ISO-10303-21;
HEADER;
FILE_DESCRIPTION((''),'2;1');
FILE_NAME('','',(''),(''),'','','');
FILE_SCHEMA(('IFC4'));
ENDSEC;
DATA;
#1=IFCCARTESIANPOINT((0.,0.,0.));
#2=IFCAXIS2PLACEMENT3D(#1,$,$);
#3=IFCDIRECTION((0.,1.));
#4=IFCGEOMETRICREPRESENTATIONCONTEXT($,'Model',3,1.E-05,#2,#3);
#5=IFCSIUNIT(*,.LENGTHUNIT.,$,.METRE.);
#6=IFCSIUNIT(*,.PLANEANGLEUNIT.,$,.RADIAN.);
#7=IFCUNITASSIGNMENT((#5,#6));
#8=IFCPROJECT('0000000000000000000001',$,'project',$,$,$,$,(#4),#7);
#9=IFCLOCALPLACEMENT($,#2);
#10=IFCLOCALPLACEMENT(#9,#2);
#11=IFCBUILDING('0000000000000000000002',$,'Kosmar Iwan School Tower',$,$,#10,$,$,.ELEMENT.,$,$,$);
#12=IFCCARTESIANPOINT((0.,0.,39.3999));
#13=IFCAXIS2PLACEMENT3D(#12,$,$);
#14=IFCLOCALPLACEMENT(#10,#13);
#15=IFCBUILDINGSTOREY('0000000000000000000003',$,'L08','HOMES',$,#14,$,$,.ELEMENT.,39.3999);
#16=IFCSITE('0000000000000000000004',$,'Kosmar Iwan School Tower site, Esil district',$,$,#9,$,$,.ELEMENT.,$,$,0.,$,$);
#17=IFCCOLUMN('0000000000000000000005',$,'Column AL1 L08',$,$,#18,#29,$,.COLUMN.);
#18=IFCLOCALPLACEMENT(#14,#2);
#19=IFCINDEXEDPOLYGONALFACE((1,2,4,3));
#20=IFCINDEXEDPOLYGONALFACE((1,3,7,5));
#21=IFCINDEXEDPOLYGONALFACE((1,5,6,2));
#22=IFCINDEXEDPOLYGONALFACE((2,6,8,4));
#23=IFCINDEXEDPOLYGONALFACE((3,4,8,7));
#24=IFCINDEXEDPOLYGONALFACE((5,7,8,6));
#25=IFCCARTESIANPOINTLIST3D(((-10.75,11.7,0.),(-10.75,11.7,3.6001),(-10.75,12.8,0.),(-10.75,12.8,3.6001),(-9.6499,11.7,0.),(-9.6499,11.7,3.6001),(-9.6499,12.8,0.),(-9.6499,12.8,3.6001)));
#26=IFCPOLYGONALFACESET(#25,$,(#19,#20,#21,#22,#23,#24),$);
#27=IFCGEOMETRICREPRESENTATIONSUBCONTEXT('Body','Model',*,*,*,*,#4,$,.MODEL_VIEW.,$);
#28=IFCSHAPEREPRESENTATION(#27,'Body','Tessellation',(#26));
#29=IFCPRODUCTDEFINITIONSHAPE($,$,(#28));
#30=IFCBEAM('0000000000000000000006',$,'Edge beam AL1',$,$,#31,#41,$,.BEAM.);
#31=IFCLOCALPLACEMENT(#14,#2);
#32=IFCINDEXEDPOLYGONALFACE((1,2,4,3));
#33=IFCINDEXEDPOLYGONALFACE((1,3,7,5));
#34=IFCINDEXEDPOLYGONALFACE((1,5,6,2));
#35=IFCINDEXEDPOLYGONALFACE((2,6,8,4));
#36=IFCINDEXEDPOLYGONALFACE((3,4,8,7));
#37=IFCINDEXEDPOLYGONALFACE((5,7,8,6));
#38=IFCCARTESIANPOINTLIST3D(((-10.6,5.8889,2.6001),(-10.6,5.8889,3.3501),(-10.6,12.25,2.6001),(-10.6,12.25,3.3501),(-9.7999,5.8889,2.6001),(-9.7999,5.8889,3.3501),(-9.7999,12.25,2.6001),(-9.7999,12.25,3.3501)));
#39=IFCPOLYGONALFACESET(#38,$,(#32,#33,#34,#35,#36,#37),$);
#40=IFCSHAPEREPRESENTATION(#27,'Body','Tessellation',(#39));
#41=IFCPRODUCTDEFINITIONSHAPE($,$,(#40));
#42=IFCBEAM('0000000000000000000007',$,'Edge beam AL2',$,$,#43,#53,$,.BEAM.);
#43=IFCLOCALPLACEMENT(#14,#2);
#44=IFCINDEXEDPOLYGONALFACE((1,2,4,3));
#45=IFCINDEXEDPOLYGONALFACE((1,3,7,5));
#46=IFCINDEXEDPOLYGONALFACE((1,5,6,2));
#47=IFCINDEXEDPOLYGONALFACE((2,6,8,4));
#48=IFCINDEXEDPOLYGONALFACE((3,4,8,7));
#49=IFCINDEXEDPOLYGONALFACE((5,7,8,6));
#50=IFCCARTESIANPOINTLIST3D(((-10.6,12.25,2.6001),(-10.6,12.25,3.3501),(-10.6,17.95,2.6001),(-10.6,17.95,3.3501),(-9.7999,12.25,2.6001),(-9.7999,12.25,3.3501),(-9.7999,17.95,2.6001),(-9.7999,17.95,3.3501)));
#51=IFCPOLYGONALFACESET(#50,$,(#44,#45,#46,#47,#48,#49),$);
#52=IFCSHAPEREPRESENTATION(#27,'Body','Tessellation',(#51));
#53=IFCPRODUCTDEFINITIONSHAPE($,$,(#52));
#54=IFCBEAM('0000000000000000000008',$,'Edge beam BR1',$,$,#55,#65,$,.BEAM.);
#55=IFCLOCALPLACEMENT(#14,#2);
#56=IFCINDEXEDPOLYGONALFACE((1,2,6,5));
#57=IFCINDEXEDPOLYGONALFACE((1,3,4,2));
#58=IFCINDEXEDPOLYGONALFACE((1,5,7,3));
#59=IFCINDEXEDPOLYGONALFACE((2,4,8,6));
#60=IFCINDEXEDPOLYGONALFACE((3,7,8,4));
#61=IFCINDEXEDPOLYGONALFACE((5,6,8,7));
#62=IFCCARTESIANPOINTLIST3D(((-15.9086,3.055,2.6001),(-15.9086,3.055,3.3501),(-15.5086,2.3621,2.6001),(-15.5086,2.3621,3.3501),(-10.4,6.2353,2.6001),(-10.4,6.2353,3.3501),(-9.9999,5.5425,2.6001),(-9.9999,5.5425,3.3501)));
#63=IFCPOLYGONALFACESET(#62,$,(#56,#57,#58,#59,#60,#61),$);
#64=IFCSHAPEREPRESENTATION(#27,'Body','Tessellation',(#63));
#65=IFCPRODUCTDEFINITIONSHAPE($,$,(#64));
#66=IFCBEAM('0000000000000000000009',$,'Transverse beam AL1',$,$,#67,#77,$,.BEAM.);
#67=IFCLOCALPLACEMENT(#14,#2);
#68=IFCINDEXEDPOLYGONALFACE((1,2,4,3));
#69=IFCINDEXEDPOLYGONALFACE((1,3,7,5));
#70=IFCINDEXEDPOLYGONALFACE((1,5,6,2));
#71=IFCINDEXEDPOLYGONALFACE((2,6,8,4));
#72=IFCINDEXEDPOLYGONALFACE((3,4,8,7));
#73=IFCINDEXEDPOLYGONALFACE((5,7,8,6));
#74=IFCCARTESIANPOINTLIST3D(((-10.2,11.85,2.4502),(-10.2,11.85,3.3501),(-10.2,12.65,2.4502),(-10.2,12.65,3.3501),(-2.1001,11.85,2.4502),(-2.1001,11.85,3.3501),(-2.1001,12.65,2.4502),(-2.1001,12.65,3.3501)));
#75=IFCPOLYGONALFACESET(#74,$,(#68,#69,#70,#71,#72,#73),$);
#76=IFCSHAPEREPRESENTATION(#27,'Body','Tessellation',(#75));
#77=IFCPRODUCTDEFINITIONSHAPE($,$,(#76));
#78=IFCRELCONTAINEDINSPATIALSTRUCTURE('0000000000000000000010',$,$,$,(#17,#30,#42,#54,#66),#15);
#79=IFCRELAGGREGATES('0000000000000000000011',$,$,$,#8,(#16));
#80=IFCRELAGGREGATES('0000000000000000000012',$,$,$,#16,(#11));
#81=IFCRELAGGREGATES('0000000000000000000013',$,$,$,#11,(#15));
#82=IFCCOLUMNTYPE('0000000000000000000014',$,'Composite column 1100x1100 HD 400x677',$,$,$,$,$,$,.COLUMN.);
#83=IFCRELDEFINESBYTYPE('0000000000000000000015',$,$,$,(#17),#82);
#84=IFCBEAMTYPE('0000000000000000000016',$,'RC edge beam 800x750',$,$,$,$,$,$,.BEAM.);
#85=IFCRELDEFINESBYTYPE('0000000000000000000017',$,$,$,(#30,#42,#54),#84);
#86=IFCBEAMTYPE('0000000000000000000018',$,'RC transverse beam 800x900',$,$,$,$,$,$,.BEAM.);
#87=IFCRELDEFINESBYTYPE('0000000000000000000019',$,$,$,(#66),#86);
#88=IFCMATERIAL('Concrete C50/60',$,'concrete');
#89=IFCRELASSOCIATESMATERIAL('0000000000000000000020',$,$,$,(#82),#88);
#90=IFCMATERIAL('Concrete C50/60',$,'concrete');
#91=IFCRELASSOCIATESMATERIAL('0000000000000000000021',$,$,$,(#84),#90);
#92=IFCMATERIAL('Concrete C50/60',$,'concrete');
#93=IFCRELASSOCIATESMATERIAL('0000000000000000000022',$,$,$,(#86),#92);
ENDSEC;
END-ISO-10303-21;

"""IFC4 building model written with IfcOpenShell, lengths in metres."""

from ifc_helpers import new_model, si_unit, direction, frame, origin, origin_2d, place, context, subcontext, project, spatial, rectangle, extrude, material, material_profile, profile_set, type_object, element, save


model = new_model("IFC4")

# Units and contexts
model_context = context("Model", 3, precision=1e-05, world=origin(), true_north=direction((0.0, 1.0)))
body_context = subcontext(model_context, "Body", "Model", "MODEL_VIEW")
ifc_project = project(units=[si_unit("LENGTHUNIT", "METRE"), si_unit("PLANEANGLEUNIT", "RADIAN")], contexts=[model_context])

# Site, building, storey
site_placement = place(None, origin())
site = spatial("IfcSite", under=ifc_project, at=site_placement, Name="Kosmar Iwan School Tower site, Esil district", CompositionType="ELEMENT", RefElevation=0.0)
building_placement = place(site_placement, origin())
building = spatial("IfcBuilding", under=site, at=building_placement, Name="Kosmar Iwan School Tower", CompositionType="ELEMENT")
storey_placement = place(building_placement, frame((0.0, 0.0, 39.3999)))
storey = spatial("IfcBuildingStorey", under=building, at=storey_placement, Name="L08", Description="HOMES", CompositionType="ELEMENT", Elevation=39.3999)

# Column
ifc_material_1 = material(Name="Concrete C50/60", Category="concrete")
ifc_material_profile_1 = material_profile(ifc_material_1, rectangle(XDim=1.1001, YDim=1.1001, at=origin_2d()), Name="RC 1100x1100 + HD 400x677")
ifc_profile_set_1 = profile_set([ifc_material_profile_1], Name="Concrete C50/60")
column_type = type_object("IfcColumnType", Name="Composite column 1100x1100 HD 400x677", PredefinedType="COLUMN", material=ifc_profile_set_1)
column_placement = place(storey_placement, frame((-10.2, 12.25, 0.0), z_axis=(0.0, 0.0, 1.0), x_axis=(0.0, 1.0, 0.0)))
element("IfcColumn", 1, at=column_placement, inside=storey, type_object=column_type, Name="Column AL1 L08", PredefinedType="COLUMN", context=body_context, shape_type="SweptSolid", body=[
    extrude(rectangle(XDim=1.1001, YDim=1.1001, at=origin_2d()), origin(), (0.0, 0.0, 1.0), 3.6001),
])

# Beams
ifc_material_2 = material(Name="Concrete C50/60", Category="concrete")
ifc_material_profile_2 = material_profile(ifc_material_2, rectangle(XDim=0.8, YDim=0.75, at=origin_2d()), Name="RC 800x750")
ifc_profile_set_2 = profile_set([ifc_material_profile_2], Name="Concrete C50/60")
beam_type_1 = type_object("IfcBeamType", Name="RC edge beam 800x750", PredefinedType="BEAM", material=ifc_profile_set_2)
beam_1_placement = place(storey_placement, frame((-10.2, 5.8889, 2.9751), z_axis=(0.0, 1.0, 0.0), x_axis=(-1.0, 0.0, 0.0)))
element("IfcBeam", 2, at=beam_1_placement, inside=storey, type_object=beam_type_1, Name="Edge beam AL1", PredefinedType="BEAM", context=body_context, shape_type="SweptSolid", body=[
    extrude(rectangle(XDim=0.8, YDim=0.75, at=origin_2d()), origin(), (0.0, 0.0, 1.0), 6.3611),
])
beam_2_placement = place(storey_placement, frame((-10.2, 12.25, 2.9751), z_axis=(0.0, 1.0, 0.0), x_axis=(-1.0, 0.0, 0.0)))
element("IfcBeam", 3, at=beam_2_placement, inside=storey, type_object=beam_type_1, Name="Edge beam AL2", PredefinedType="BEAM", context=body_context, shape_type="SweptSolid", body=[
    extrude(rectangle(XDim=0.8, YDim=0.75, at=origin_2d()), origin(), (0.0, 0.0, 1.0), 5.7),
])
beam_3_placement = place(storey_placement, frame((-10.2, 5.8889, 2.9751), z_axis=(-0.866031, -0.49999, 0.0), x_axis=(0.49999, -0.866031, 0.0)))
element("IfcBeam", 4, at=beam_3_placement, inside=storey, type_object=beam_type_1, Name="Edge beam BR1", PredefinedType="BEAM", context=body_context, shape_type="SweptSolid", body=[
    extrude(rectangle(XDim=0.8, YDim=0.75, at=origin_2d()), origin(), (0.0, 0.0, 1.0), 6.3608),
])
ifc_material_3 = material(Name="Concrete C50/60", Category="concrete")
ifc_material_profile_3 = material_profile(ifc_material_3, rectangle(XDim=0.8, YDim=0.8999, at=origin_2d()), Name="RC 800x900")
ifc_profile_set_3 = profile_set([ifc_material_profile_3], Name="Concrete C50/60")
beam_type_2 = type_object("IfcBeamType", Name="RC transverse beam 800x900", PredefinedType="BEAM", material=ifc_profile_set_3)
beam_4_placement = place(storey_placement, frame((-10.2, 12.25, 2.9001), z_axis=(1.0, 0.0, 0.0), x_axis=(0.0, 1.0, 0.0)))
element("IfcBeam", 5, at=beam_4_placement, inside=storey, type_object=beam_type_2, Name="Transverse beam AL1", PredefinedType="BEAM", context=body_context, shape_type="SweptSolid", body=[
    extrude(rectangle(XDim=0.8, YDim=0.8999, at=origin_2d()), origin(), (0.0, 0.0, 1.0), 8.0999),
])

save(model, "model.ifc")
